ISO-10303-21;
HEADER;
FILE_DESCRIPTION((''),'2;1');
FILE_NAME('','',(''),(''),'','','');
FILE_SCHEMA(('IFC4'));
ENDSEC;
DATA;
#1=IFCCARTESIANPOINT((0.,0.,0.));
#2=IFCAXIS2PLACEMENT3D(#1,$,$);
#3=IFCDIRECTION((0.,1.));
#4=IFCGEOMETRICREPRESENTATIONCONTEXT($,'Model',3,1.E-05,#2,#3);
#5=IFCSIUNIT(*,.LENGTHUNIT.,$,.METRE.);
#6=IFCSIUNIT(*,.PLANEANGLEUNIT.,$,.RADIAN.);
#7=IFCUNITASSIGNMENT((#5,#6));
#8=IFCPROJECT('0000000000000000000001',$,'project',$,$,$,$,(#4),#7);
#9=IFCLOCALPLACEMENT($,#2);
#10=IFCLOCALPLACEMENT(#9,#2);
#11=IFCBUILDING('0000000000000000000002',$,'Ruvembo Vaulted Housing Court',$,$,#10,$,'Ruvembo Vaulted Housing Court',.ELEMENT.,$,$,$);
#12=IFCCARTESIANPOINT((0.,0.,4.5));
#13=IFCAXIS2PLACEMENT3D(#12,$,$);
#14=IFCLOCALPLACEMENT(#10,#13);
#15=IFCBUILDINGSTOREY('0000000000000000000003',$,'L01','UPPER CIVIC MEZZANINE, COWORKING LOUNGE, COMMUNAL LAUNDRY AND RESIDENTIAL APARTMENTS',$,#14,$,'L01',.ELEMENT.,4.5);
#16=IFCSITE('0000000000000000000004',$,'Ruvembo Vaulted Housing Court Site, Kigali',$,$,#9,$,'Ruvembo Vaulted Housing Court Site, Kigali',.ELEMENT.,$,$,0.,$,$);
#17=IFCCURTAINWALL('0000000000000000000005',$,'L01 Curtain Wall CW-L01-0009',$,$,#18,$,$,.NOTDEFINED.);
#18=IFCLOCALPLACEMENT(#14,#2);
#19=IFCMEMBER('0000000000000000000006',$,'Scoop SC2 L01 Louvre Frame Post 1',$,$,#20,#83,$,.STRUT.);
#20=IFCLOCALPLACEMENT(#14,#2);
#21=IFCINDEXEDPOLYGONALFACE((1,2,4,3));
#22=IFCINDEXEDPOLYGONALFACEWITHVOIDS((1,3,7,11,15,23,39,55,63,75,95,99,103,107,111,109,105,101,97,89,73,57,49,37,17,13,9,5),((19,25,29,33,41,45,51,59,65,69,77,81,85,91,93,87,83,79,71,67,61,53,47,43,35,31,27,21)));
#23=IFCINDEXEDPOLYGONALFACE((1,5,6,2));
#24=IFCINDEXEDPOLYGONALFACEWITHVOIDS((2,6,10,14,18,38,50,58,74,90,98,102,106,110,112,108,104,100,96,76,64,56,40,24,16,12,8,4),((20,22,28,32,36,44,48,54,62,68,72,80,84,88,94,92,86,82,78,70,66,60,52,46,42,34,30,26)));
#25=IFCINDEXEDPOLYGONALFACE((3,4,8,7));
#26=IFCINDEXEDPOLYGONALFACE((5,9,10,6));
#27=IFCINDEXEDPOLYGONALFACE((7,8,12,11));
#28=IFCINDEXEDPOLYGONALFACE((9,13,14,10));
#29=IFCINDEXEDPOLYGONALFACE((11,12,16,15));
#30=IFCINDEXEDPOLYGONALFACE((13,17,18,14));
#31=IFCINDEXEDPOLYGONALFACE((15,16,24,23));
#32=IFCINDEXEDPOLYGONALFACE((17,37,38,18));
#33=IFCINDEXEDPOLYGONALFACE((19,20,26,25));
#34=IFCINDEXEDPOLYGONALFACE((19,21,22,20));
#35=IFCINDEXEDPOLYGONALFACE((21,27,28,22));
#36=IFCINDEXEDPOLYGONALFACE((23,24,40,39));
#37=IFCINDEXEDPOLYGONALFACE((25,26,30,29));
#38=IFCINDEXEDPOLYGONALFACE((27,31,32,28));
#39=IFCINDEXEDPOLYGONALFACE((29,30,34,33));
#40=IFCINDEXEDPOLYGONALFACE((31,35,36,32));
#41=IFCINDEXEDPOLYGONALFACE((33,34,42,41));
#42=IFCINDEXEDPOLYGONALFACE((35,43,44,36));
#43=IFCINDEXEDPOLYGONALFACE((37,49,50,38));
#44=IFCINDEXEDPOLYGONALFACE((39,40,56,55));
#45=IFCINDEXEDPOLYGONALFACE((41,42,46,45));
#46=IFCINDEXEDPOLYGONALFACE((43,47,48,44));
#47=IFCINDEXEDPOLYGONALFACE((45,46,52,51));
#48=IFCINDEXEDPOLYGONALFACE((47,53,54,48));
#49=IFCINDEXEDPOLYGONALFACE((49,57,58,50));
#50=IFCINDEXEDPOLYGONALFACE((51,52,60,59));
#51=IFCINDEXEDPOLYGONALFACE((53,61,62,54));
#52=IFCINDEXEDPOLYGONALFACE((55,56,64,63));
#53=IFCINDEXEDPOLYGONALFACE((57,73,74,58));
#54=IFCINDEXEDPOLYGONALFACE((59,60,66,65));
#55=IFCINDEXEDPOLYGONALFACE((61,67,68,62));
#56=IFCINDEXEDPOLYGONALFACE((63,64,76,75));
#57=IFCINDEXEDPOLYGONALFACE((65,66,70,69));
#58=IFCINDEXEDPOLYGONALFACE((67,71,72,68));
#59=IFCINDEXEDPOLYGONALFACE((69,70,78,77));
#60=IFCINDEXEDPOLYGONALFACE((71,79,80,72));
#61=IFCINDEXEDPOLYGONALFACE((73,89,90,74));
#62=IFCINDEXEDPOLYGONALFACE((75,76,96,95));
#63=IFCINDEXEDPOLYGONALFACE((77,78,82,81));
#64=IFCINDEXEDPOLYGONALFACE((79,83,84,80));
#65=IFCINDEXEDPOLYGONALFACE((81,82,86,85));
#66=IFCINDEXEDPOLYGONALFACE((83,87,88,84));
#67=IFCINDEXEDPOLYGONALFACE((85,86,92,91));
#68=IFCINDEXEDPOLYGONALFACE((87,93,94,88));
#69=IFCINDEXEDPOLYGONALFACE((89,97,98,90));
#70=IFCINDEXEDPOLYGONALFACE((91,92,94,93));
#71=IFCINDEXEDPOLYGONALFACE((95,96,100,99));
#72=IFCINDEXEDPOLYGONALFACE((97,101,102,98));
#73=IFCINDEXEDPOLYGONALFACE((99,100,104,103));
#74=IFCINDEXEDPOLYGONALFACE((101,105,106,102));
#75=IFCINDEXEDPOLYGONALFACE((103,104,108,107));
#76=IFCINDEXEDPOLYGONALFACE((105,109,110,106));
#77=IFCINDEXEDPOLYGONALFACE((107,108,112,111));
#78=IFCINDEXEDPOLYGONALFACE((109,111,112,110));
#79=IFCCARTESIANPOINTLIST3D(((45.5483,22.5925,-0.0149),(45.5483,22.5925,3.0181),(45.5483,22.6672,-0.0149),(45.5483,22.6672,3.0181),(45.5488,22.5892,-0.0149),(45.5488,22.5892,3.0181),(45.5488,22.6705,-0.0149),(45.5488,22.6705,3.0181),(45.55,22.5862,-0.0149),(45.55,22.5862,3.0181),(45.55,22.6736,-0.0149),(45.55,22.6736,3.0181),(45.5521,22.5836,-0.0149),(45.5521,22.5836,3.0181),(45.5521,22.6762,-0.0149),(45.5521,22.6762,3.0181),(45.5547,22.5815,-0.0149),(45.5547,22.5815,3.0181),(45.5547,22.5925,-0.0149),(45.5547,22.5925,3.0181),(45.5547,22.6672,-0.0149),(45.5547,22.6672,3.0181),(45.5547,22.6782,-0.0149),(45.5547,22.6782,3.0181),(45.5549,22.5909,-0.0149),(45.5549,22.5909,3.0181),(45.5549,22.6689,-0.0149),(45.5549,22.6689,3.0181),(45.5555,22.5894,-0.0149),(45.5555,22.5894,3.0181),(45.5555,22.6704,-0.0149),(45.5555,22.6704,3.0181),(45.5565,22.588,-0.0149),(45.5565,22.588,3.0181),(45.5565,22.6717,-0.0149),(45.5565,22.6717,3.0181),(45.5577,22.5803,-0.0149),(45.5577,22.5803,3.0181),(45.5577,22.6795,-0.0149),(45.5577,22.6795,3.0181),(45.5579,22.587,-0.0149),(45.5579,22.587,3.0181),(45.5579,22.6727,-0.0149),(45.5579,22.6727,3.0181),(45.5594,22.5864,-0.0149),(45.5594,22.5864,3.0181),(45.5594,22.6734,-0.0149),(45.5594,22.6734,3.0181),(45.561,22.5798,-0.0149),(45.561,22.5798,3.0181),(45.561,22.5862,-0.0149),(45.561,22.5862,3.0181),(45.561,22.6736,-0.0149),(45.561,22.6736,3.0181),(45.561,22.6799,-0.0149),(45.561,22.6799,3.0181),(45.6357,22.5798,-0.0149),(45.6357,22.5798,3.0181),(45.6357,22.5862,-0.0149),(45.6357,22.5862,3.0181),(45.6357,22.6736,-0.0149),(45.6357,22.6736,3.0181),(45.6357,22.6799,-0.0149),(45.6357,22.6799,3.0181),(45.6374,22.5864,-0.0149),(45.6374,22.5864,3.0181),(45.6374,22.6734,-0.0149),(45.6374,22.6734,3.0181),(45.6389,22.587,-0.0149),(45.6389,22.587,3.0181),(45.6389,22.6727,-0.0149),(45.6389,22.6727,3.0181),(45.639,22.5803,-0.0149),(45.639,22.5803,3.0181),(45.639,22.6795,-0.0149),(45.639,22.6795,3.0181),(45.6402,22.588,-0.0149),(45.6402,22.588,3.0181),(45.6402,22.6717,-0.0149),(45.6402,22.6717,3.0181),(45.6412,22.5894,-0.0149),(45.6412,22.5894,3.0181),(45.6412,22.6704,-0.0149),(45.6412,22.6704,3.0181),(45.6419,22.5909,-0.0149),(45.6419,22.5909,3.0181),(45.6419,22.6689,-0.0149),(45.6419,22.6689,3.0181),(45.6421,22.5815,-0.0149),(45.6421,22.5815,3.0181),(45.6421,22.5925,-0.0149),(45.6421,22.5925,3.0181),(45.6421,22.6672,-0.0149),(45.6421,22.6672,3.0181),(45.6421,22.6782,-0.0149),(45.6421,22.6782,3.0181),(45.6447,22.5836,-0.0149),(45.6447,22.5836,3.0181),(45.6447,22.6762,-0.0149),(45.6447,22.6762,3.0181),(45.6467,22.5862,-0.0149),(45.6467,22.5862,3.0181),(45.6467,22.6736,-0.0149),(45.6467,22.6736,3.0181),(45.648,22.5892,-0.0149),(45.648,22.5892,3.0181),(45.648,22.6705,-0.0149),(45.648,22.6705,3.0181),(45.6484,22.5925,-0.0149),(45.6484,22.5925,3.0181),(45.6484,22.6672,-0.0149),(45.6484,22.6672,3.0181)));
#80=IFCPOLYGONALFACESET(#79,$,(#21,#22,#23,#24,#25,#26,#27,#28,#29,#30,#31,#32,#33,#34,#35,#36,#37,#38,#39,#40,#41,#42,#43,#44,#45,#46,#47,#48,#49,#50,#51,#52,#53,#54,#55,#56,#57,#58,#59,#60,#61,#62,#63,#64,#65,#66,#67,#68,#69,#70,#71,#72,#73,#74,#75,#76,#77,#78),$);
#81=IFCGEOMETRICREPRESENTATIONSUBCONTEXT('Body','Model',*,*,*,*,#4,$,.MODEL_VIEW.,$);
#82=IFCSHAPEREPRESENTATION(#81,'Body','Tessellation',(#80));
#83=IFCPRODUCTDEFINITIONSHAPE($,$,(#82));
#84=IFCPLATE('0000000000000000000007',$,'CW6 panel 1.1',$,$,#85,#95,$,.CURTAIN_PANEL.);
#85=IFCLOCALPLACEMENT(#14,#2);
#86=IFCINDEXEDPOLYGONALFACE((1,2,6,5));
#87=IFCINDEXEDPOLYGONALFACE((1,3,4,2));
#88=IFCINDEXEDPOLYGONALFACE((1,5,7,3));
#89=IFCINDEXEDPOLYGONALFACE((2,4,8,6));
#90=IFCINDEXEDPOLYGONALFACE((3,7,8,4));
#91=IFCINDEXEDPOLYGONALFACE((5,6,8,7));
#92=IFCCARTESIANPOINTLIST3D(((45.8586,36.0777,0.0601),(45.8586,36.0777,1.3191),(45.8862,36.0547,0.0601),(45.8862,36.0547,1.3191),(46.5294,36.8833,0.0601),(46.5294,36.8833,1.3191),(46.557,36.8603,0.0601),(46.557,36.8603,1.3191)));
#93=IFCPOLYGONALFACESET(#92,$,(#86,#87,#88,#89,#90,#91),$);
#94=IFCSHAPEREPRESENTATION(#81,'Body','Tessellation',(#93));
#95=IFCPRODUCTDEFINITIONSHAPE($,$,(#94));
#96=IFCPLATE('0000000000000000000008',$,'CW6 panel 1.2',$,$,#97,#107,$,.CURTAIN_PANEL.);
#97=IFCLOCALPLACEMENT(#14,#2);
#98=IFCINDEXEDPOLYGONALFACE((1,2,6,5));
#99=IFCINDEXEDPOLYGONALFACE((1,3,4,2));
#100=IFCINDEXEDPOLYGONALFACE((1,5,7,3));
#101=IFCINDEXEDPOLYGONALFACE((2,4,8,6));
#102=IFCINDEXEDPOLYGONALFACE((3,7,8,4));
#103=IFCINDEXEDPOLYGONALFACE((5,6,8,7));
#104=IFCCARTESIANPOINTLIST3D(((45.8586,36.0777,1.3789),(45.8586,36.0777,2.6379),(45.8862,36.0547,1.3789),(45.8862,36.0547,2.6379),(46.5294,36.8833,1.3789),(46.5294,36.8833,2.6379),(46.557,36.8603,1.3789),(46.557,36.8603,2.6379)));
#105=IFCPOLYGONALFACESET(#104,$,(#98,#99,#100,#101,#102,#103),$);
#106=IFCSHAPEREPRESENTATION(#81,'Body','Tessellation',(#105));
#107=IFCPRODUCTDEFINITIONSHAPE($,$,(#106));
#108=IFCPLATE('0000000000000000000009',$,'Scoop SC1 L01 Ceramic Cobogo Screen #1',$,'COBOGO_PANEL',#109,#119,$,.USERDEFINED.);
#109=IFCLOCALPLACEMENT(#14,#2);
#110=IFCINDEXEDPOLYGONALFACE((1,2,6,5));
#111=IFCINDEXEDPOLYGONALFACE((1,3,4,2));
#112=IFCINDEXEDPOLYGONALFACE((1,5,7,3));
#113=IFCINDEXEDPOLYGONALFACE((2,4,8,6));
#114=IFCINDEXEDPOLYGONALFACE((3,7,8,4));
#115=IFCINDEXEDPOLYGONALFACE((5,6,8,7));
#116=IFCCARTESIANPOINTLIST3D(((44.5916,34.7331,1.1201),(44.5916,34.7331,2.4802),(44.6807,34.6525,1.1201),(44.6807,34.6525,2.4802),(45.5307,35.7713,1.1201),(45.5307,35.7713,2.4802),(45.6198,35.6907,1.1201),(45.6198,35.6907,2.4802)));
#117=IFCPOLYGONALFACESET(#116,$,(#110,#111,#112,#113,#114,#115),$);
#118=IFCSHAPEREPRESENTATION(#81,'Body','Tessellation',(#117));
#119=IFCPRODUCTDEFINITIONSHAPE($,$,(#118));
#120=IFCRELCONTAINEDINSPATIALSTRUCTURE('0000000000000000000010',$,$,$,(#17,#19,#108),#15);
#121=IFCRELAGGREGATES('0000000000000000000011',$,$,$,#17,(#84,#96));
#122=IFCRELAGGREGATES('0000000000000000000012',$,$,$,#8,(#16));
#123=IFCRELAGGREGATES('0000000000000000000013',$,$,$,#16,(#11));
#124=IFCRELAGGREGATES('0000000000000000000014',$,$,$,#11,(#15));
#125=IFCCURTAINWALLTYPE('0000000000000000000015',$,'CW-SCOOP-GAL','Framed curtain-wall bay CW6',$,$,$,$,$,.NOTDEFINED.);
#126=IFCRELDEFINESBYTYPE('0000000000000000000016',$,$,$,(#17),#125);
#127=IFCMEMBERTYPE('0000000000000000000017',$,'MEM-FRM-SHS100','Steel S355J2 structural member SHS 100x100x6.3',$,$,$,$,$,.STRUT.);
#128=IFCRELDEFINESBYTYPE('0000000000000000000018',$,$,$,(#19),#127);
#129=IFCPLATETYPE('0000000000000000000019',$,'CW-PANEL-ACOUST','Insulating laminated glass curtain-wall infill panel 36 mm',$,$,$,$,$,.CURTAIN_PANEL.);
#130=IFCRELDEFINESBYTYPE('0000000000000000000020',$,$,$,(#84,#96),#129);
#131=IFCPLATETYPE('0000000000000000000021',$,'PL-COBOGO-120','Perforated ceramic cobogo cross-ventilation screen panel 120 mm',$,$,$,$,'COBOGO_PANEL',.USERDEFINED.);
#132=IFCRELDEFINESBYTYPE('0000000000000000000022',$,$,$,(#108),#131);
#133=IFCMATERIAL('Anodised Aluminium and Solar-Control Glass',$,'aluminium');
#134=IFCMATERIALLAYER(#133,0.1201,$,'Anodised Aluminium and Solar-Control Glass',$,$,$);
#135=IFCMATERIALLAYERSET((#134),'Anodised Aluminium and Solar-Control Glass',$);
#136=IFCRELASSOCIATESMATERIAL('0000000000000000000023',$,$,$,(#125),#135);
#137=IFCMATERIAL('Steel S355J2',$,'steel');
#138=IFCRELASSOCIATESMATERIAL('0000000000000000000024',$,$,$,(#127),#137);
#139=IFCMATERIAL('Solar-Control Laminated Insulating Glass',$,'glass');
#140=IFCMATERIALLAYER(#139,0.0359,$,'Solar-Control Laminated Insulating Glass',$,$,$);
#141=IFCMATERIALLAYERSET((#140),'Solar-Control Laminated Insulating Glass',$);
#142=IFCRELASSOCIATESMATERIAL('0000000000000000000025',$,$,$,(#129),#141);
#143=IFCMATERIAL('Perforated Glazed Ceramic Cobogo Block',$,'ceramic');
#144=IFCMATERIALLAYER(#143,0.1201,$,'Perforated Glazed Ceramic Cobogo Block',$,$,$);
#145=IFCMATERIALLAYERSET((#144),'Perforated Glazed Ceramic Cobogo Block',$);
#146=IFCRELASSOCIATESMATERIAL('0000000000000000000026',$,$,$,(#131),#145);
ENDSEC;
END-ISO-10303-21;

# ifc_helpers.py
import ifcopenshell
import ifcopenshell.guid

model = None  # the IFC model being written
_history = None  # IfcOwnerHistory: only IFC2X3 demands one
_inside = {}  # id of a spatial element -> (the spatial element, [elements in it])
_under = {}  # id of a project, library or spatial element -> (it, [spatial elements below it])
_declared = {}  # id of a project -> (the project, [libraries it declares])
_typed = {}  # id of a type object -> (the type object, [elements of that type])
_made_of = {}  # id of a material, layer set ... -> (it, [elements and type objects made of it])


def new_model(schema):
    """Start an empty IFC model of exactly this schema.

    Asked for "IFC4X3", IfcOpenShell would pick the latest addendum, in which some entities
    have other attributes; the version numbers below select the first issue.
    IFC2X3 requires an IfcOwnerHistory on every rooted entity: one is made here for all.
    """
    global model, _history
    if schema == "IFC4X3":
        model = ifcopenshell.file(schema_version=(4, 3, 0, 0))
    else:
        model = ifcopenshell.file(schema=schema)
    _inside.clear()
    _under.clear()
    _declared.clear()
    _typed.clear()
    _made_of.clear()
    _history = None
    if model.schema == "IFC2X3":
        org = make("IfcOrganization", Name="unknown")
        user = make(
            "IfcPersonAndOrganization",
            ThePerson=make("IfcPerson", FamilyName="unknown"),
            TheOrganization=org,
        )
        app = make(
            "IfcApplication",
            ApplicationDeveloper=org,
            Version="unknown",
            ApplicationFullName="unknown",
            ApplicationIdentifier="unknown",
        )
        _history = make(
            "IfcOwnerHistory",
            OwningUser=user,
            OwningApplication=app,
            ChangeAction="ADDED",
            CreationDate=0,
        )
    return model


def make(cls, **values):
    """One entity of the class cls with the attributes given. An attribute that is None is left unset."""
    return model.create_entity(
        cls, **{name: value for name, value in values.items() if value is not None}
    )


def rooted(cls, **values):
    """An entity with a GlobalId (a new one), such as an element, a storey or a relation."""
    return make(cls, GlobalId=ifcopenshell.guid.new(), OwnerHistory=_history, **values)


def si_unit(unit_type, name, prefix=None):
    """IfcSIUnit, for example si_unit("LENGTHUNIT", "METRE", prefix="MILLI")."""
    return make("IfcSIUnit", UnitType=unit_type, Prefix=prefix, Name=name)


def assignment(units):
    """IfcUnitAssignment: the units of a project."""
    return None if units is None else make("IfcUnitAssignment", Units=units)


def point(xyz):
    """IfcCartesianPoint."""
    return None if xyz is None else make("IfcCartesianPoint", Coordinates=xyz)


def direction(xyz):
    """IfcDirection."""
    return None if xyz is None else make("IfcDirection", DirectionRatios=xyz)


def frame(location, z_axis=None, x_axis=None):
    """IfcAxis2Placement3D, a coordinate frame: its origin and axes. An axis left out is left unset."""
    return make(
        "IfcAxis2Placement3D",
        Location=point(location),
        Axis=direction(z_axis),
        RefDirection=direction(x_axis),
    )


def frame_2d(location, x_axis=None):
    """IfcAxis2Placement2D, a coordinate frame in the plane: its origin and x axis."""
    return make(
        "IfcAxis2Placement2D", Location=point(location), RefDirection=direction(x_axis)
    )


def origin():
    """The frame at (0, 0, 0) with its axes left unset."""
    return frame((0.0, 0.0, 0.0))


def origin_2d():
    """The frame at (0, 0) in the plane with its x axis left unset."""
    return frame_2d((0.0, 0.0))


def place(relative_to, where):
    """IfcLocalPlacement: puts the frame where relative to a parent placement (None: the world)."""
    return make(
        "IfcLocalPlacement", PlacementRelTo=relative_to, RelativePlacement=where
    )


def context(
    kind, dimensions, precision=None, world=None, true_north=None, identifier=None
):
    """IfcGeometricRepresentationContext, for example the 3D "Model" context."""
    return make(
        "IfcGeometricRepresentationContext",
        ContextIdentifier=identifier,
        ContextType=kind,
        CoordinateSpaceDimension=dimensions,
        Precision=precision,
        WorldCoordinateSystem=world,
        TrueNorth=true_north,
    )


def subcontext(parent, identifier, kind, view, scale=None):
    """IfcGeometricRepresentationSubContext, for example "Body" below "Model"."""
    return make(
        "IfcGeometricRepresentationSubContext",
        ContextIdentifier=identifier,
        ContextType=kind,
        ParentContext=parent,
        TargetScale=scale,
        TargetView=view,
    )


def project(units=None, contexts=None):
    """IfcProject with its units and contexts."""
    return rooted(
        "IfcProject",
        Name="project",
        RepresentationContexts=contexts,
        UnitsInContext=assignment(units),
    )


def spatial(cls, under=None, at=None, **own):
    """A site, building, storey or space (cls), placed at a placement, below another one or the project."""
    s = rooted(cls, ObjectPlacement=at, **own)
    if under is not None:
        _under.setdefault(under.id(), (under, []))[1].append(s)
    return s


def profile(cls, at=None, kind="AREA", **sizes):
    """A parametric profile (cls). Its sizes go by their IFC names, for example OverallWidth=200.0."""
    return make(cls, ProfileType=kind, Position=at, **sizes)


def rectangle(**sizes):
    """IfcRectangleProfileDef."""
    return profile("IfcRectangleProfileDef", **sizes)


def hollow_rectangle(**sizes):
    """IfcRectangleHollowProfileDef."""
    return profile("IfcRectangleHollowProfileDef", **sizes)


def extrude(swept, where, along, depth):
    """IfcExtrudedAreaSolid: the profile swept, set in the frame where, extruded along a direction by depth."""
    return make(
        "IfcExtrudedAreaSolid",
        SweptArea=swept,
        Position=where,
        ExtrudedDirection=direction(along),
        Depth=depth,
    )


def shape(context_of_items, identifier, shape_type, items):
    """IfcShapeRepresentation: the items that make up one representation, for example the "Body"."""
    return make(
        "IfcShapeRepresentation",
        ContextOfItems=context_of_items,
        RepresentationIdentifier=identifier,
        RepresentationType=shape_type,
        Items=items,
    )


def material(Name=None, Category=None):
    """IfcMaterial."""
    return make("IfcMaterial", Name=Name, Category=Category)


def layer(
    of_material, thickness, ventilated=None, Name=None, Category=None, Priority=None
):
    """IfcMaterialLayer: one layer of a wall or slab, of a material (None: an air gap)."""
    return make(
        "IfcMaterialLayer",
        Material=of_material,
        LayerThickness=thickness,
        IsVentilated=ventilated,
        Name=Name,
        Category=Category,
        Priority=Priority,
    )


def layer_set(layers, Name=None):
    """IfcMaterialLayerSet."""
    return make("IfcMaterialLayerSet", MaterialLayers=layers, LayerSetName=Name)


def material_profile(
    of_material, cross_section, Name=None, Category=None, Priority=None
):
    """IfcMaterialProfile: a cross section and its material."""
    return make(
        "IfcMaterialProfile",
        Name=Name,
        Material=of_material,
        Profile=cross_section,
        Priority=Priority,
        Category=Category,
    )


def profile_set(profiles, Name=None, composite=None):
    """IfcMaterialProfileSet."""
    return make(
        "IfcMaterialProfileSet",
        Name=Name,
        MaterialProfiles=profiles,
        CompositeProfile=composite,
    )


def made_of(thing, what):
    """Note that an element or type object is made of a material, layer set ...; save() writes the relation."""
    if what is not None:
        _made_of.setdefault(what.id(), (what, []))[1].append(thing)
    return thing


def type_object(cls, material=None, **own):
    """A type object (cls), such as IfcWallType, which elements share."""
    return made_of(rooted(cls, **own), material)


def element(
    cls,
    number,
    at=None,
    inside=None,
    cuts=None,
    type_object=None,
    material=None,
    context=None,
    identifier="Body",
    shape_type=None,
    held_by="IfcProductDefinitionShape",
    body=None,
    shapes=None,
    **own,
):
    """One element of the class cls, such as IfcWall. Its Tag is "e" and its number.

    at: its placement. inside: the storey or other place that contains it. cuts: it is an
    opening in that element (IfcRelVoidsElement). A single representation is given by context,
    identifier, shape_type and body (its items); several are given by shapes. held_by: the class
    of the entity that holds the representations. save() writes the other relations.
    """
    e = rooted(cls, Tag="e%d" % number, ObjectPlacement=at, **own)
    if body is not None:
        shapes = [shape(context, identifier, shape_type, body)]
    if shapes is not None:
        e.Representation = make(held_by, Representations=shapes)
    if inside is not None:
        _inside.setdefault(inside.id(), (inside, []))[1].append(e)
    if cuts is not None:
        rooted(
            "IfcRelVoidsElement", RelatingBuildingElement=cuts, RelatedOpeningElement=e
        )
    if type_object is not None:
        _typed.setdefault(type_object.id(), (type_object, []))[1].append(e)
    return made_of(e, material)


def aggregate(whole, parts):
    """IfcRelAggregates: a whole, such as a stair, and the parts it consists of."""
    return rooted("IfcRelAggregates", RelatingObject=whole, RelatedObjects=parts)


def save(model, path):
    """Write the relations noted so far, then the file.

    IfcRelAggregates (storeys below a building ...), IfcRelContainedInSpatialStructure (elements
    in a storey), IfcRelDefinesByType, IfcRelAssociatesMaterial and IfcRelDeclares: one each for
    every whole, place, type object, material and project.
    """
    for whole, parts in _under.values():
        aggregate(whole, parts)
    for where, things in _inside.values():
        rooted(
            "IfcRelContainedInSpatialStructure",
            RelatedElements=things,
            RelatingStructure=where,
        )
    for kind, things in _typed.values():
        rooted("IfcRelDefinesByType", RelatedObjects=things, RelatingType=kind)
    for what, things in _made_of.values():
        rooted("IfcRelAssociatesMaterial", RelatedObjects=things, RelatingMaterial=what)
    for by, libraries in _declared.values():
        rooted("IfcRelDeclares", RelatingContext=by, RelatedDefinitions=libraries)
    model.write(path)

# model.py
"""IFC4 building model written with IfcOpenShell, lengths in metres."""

from ifc_helpers import new_model, si_unit, direction, frame, origin, origin_2d, place, context, subcontext, project, spatial, rectangle, hollow_rectangle, extrude, material, layer, layer_set, material_profile, profile_set, type_object, element, aggregate, save


model = new_model("IFC4")

# Units and contexts
model_context = context("Model", 3, precision=1e-05, world=origin(), true_north=direction((0.0, 1.0)))
body_context = subcontext(model_context, "Body", "Model", "MODEL_VIEW")
ifc_project = project(units=[si_unit("LENGTHUNIT", "METRE"), si_unit("PLANEANGLEUNIT", "RADIAN")], contexts=[model_context])

# Site, building, storey
site_placement = place(None, origin())
site = spatial("IfcSite", under=ifc_project, at=site_placement, Name="Ruvembo Vaulted Housing Court Site, Kigali", LongName="Ruvembo Vaulted Housing Court Site, Kigali", CompositionType="ELEMENT", RefElevation=0.0)
building_placement = place(site_placement, origin())
building = spatial("IfcBuilding", under=site, at=building_placement, Name="Ruvembo Vaulted Housing Court", LongName="Ruvembo Vaulted Housing Court", CompositionType="ELEMENT")
storey_placement = place(building_placement, frame((0.0, 0.0, 4.5)))
storey = spatial("IfcBuildingStorey", under=building, at=storey_placement, Name="L01", Description="UPPER CIVIC MEZZANINE, COWORKING LOUNGE, COMMUNAL LAUNDRY AND RESIDENTIAL APARTMENTS", LongName="L01", CompositionType="ELEMENT", Elevation=4.5)

# Shared definitions
ifc_material_1 = material(Name="Steel S355J2", Category="steel")

# Curtain wall
ifc_material_2 = material(Name="Anodised Aluminium and Solar-Control Glass", Category="aluminium")
ifc_layer_1 = layer(ifc_material_2, 0.1201, Name="Anodised Aluminium and Solar-Control Glass")
ifc_layer_set_1 = layer_set([ifc_layer_1], Name="Anodised Aluminium and Solar-Control Glass")
curtain_wall_type = type_object("IfcCurtainWallType", Name="CW-SCOOP-GAL", Description="Framed curtain-wall bay CW6", PredefinedType="NOTDEFINED", material=ifc_layer_set_1)
curtain_wall_placement = place(storey_placement, origin())
curtain_wall = element("IfcCurtainWall", 1, at=curtain_wall_placement, inside=storey, type_object=curtain_wall_type, Name="L01 Curtain Wall CW-L01-0009", PredefinedType="NOTDEFINED")

# Member
ifc_material_profile_1 = material_profile(ifc_material_1, hollow_rectangle(XDim=0.1001, YDim=0.1001, WallThickness=0.0063, InnerFilletRadius=0.0063, OuterFilletRadius=0.0127, at=origin_2d()), Name="SHS 100x100x6.3")
ifc_profile_set_1 = profile_set([ifc_material_profile_1], Name="Steel S355J2")
member_type_1 = type_object("IfcMemberType", Name="MEM-FRM-SHS100", Description="Steel S355J2 structural member SHS 100x100x6.3", PredefinedType="STRUT", material=ifc_profile_set_1)
member_1_placement = place(storey_placement, frame((45.5984, 22.6299, -0.0149), z_axis=(0.0, 0.0, 1.0), x_axis=(1.0, 0.0, 0.0)))
element("IfcMember", 2, at=member_1_placement, inside=storey, type_object=member_type_1, Name="Scoop SC2 L01 Louvre Frame Post 1", PredefinedType="STRUT", context=body_context, shape_type="SweptSolid", body=[
    extrude(hollow_rectangle(XDim=0.1001, YDim=0.1001, WallThickness=0.0063, InnerFilletRadius=0.0063, OuterFilletRadius=0.0127, at=origin_2d()), origin(), (0.0, 0.0, 1.0), 3.033),
])

# Plates
ifc_material_3 = material(Name="Solar-Control Laminated Insulating Glass", Category="glass")
ifc_layer_2 = layer(ifc_material_3, 0.0359, Name="Solar-Control Laminated Insulating Glass")
ifc_layer_set_2 = layer_set([ifc_layer_2], Name="Solar-Control Laminated Insulating Glass")
plate_type_1 = type_object("IfcPlateType", Name="CW-PANEL-ACOUST", Description="Insulating laminated glass curtain-wall infill panel 36 mm", PredefinedType="CURTAIN_PANEL", material=ifc_layer_set_2)
plate_1_placement = place(storey_placement, frame((46.2078, 36.469, 0.0601), z_axis=(0.0, 0.0, 1.0), x_axis=(0.639869, 0.768484, 0.0)))
plate_1 = element("IfcPlate", 3, at=plate_1_placement, type_object=plate_type_1, Name="CW6 panel 1.1", PredefinedType="CURTAIN_PANEL", context=body_context, shape_type="SweptSolid", body=[
    extrude(rectangle(XDim=1.0483, YDim=0.0359, at=origin_2d()), origin(), (0.0, 0.0, 1.0), 1.259),
])
plate_2_placement = place(storey_placement, frame((46.2078, 36.469, 1.3789), z_axis=(0.0, 0.0, 1.0), x_axis=(0.639869, 0.768484, 0.0)))
plate_2 = element("IfcPlate", 4, at=plate_2_placement, type_object=plate_type_1, Name="CW6 panel 1.2", PredefinedType="CURTAIN_PANEL", context=body_context, shape_type="SweptSolid", body=[
    extrude(rectangle(XDim=1.0483, YDim=0.0359, at=origin_2d()), origin(), (0.0, 0.0, 1.0), 1.259),
])
aggregate(curtain_wall, [plate_1, plate_2])
ifc_material_4 = material(Name="Perforated Glazed Ceramic Cobogo Block", Category="ceramic")
ifc_layer_3 = layer(ifc_material_4, 0.1201, Name="Perforated Glazed Ceramic Cobogo Block")
ifc_layer_set_3 = layer_set([ifc_layer_3], Name="Perforated Glazed Ceramic Cobogo Block")
plate_type_2 = type_object("IfcPlateType", Name="PL-COBOGO-120", Description="Perforated ceramic cobogo cross-ventilation screen panel 120 mm", ElementType="COBOGO_PANEL", PredefinedType="USERDEFINED", material=ifc_layer_set_3)
plate_3_placement = place(storey_placement, frame((45.1057, 35.2119, 1.1201), z_axis=(0.0, 0.0, 1.0), x_axis=(0.670815, 0.741625, 0.0)))
element("IfcPlate", 5, at=plate_3_placement, inside=storey, type_object=plate_type_2, Name="Scoop SC1 L01 Ceramic Cobogo Screen #1", ObjectType="COBOGO_PANEL", PredefinedType="USERDEFINED", context=body_context, shape_type="SweptSolid", body=[
    extrude(rectangle(XDim=1.3999, YDim=0.1201, at=origin_2d()), origin(), (0.0, 0.0, 1.0), 1.3601),
])

save(model, "model.ifc")
